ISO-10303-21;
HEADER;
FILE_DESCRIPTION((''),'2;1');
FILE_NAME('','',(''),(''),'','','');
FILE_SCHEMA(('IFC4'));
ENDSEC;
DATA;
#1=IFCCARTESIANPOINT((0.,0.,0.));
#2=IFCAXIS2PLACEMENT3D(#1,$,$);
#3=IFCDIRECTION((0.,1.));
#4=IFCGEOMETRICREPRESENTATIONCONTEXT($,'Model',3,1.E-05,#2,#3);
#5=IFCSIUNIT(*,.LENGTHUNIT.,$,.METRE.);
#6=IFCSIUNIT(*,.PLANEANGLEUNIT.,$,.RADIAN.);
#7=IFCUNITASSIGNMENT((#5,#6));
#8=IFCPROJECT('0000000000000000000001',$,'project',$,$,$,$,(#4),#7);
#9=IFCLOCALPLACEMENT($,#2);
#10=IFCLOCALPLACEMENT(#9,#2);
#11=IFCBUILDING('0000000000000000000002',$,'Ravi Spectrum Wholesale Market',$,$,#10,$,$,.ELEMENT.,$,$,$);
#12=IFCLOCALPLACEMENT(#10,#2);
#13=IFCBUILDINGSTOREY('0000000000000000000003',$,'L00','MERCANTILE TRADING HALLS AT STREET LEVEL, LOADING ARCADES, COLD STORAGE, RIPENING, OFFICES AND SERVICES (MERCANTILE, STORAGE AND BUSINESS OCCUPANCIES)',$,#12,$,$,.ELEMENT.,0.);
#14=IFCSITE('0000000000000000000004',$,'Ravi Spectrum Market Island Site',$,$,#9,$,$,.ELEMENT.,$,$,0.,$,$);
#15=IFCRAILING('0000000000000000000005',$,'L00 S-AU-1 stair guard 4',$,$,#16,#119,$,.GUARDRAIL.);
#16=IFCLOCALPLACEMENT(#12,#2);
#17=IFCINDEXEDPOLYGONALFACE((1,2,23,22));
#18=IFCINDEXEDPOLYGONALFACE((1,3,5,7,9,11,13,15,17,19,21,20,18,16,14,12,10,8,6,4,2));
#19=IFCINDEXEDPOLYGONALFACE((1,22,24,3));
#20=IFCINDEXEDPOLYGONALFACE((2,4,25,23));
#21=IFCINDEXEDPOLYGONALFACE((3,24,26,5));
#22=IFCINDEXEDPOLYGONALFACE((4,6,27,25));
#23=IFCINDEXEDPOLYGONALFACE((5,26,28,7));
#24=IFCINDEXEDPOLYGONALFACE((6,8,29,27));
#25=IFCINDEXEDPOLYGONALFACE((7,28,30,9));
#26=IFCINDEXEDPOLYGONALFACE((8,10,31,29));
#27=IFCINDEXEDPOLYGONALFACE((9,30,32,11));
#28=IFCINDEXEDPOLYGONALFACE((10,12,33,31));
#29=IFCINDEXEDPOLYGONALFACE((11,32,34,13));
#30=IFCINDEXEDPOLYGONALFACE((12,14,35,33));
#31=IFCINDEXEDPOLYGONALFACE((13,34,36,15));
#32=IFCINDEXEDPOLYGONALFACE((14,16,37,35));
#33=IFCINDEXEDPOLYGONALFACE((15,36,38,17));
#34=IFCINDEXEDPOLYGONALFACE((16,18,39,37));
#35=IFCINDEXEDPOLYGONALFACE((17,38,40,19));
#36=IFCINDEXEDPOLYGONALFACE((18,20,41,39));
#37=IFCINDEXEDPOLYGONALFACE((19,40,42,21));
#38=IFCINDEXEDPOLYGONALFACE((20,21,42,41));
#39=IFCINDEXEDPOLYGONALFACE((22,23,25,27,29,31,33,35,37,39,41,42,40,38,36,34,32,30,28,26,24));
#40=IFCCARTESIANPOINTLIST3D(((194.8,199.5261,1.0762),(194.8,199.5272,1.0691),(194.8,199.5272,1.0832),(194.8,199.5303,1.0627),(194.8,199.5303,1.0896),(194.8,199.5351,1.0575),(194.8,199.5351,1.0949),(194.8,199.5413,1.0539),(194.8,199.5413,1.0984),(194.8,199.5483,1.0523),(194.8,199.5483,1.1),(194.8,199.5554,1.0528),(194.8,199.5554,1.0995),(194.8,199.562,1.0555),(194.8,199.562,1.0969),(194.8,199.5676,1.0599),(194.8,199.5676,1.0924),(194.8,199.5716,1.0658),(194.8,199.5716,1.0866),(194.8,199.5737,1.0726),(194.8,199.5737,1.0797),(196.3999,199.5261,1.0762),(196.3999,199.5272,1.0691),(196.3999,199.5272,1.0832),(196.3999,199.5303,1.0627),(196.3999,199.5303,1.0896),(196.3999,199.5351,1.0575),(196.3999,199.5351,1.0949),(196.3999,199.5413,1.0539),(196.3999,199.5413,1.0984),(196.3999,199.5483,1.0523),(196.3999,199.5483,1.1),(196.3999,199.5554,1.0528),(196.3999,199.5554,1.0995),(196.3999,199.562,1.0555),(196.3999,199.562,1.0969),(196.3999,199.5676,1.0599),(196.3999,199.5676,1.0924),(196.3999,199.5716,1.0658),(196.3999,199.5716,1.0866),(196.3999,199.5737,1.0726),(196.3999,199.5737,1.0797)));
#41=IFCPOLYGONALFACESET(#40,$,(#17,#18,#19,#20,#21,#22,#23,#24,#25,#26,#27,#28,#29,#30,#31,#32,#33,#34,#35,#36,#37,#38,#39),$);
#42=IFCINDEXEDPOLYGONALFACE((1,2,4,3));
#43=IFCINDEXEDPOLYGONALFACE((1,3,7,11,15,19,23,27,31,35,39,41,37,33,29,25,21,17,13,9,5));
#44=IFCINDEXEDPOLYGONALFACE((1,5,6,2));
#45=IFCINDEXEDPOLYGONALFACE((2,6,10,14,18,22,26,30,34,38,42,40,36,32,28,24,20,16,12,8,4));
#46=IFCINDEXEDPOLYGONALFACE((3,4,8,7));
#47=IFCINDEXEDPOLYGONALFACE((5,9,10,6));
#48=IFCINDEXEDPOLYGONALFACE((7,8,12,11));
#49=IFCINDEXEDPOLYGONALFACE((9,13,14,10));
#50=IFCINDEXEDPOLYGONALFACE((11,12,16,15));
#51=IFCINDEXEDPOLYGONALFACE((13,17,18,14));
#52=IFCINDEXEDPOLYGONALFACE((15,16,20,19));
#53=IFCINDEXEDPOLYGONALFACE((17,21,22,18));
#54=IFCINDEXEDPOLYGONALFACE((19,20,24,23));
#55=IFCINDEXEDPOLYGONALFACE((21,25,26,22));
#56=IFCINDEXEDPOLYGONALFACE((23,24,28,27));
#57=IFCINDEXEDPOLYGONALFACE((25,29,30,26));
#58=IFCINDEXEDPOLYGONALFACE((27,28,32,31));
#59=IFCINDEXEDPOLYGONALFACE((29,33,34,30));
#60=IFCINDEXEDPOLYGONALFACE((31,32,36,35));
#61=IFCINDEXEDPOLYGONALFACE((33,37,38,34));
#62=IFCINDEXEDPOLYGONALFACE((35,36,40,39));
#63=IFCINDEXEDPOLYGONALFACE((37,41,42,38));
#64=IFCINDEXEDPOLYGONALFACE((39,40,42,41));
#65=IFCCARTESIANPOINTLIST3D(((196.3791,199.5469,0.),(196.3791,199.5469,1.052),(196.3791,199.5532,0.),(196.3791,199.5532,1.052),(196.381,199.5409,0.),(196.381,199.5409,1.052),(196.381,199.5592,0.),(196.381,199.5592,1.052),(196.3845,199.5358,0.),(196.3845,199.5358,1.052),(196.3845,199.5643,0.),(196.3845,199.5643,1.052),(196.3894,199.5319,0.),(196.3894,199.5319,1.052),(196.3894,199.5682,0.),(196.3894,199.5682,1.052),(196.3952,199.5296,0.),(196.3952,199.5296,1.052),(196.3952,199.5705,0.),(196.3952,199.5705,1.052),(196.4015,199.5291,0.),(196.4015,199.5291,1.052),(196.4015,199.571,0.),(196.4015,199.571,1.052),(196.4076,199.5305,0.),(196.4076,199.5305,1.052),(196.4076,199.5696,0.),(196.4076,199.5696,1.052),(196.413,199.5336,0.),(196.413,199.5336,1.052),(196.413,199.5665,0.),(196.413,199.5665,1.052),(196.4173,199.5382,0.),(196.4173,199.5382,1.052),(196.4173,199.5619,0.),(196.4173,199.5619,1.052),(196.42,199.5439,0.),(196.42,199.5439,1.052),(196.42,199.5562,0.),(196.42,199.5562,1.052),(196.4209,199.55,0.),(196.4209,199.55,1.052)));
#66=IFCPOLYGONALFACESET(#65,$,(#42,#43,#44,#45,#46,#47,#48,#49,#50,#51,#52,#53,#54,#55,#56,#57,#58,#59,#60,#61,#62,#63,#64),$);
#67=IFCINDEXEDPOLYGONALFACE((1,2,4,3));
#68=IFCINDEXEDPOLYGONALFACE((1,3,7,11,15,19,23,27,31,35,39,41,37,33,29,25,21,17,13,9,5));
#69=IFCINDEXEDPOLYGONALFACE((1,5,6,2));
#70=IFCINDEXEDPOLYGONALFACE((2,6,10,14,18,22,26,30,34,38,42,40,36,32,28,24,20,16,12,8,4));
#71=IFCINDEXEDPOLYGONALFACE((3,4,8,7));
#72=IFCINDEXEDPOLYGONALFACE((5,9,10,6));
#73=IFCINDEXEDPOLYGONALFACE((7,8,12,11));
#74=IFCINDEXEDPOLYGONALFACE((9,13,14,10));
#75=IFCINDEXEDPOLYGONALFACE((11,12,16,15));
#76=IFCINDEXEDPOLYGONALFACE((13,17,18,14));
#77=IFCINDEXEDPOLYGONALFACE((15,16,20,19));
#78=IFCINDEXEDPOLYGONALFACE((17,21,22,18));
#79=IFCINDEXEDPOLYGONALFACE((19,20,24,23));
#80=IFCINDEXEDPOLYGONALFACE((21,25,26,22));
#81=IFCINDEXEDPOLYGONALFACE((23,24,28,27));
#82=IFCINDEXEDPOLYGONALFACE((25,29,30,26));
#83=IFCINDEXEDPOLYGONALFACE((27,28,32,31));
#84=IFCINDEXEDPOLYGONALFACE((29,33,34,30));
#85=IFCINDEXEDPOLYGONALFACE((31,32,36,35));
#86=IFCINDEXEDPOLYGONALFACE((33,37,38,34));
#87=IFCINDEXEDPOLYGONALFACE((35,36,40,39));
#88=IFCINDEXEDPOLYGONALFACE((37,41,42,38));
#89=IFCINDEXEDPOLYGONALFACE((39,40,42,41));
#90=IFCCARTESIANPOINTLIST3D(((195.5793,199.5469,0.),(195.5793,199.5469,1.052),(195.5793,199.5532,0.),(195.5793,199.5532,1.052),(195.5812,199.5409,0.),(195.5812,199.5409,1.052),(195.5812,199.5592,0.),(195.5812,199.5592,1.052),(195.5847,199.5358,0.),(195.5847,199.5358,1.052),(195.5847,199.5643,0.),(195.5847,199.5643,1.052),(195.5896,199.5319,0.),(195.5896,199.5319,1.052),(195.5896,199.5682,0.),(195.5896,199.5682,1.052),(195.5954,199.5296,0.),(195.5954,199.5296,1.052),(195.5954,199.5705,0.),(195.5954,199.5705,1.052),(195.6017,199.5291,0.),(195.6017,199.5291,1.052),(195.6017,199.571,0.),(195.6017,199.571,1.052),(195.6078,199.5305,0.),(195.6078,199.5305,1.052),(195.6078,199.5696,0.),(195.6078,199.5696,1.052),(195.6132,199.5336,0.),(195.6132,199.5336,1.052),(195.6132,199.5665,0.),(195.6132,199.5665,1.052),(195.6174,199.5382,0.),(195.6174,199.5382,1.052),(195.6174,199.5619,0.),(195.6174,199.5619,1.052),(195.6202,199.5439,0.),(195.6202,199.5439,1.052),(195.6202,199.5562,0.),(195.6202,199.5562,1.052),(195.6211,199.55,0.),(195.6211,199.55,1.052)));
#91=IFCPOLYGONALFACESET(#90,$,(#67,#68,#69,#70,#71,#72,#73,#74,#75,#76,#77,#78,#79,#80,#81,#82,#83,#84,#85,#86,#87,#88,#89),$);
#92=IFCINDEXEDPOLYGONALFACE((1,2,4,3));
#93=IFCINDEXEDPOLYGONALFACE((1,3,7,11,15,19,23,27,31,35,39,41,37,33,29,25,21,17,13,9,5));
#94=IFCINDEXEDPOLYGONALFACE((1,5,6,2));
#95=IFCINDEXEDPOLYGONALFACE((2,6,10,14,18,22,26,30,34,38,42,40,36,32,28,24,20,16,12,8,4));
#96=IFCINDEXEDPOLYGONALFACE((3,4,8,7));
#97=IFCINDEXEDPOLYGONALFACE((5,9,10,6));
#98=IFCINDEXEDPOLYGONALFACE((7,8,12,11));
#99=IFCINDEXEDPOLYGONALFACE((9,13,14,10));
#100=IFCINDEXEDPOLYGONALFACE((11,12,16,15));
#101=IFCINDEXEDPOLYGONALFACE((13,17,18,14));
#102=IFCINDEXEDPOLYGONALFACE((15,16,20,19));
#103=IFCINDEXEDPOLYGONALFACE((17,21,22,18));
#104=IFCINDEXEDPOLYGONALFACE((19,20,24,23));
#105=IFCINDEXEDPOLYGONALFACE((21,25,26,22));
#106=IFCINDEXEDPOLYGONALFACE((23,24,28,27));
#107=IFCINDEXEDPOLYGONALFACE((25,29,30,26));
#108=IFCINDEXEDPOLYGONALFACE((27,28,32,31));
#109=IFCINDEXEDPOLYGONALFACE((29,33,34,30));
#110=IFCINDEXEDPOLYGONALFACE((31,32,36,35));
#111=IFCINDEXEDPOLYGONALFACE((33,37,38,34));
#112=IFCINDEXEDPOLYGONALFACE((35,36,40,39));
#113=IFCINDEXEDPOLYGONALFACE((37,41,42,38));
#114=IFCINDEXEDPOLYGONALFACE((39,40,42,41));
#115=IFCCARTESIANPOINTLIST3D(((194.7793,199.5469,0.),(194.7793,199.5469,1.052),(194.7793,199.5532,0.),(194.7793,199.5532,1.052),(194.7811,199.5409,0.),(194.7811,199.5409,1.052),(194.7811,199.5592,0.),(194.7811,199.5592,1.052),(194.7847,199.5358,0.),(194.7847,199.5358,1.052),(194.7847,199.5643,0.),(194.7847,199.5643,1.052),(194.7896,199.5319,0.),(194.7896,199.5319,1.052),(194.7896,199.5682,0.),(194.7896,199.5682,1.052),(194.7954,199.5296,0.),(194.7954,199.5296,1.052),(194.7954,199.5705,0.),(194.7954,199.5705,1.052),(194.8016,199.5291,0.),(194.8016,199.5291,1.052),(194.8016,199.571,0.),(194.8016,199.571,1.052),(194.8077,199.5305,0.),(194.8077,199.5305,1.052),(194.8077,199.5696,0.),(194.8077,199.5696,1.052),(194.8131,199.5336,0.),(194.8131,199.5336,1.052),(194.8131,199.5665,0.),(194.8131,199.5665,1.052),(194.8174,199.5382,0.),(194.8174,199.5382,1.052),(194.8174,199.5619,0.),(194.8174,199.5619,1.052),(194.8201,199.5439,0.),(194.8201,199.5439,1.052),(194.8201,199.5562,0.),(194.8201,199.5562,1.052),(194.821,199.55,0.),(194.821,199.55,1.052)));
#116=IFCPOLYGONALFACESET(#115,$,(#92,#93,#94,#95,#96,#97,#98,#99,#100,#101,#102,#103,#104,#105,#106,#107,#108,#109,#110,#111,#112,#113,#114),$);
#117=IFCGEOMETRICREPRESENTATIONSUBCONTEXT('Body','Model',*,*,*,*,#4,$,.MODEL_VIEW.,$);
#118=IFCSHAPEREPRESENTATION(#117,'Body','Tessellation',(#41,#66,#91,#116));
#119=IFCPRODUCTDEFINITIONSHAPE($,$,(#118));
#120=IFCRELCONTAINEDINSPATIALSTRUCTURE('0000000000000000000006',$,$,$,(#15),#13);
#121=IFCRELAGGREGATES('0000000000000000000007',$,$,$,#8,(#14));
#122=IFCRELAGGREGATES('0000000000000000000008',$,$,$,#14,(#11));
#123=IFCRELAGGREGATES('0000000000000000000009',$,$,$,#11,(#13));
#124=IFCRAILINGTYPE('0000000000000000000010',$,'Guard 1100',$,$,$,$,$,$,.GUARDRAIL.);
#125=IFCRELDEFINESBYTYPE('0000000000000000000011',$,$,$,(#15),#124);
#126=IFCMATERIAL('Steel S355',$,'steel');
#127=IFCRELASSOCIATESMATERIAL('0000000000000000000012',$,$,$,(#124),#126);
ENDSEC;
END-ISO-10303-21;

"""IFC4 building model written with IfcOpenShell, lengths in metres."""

from ifc_helpers import new_model, si_unit, direction, frame, origin, origin_2d, place, context, subcontext, project, spatial, circle, extrude, material, type_object, element, save


model = new_model("IFC4")

# Units and contexts
model_context = context("Model", 3, precision=1e-05, world=origin(), true_north=direction((0.0, 1.0)))
body_context = subcontext(model_context, "Body", "Model", "MODEL_VIEW")
ifc_project = project(units=[si_unit("LENGTHUNIT", "METRE"), si_unit("PLANEANGLEUNIT", "RADIAN")], contexts=[model_context])

# Site, building, storey
site_placement = place(None, origin())
site = spatial("IfcSite", under=ifc_project, at=site_placement, Name="Ravi Spectrum Market Island Site", CompositionType="ELEMENT", RefElevation=0.0)
building_placement = place(site_placement, origin())
building = spatial("IfcBuilding", under=site, at=building_placement, Name="Ravi Spectrum Wholesale Market", CompositionType="ELEMENT")
storey_placement = place(building_placement, origin())
storey = spatial("IfcBuildingStorey", under=building, at=storey_placement, Name="L00", Description="MERCANTILE TRADING HALLS AT STREET LEVEL, LOADING ARCADES, COLD STORAGE, RIPENING, OFFICES AND SERVICES (MERCANTILE, STORAGE AND BUSINESS OCCUPANCIES)", CompositionType="ELEMENT", Elevation=0.0)

# Railing
ifc_material_1 = material(Name="Steel S355", Category="steel")
railing_type_1 = type_object("IfcRailingType", Name="Guard 1100", PredefinedType="GUARDRAIL", material=ifc_material_1)
railing_1_placement = place(storey_placement, frame((196.3999, 199.55, 0.0)))
element("IfcRailing", 1, at=railing_1_placement, inside=storey, type_object=railing_type_1, Name="L00 S-AU-1 stair guard 4", PredefinedType="GUARDRAIL", context=body_context, shape_type="SweptSolid", body=[
    extrude(circle(Radius=0.0239, at=origin_2d()), frame((0.0, 0.0, 1.0762), z_axis=(-1.0, 0.0, 0.0), x_axis=(0.0, -1.0, 0.0)), (0.0, 0.0, 1.0), 1.5999),
    extrude(circle(Radius=0.021, at=origin_2d()), origin(), (0.0, 0.0, 1.0), 1.052),
    extrude(circle(Radius=0.021, at=origin_2d()), frame((-0.7998, 0.0, 0.0)), (0.0, 0.0, 1.0), 1.052),
    extrude(circle(Radius=0.021, at=origin_2d()), frame((-1.5999, 0.0, 0.0)), (0.0, 0.0, 1.0), 1.052),
])

save(model, "model.ifc")
